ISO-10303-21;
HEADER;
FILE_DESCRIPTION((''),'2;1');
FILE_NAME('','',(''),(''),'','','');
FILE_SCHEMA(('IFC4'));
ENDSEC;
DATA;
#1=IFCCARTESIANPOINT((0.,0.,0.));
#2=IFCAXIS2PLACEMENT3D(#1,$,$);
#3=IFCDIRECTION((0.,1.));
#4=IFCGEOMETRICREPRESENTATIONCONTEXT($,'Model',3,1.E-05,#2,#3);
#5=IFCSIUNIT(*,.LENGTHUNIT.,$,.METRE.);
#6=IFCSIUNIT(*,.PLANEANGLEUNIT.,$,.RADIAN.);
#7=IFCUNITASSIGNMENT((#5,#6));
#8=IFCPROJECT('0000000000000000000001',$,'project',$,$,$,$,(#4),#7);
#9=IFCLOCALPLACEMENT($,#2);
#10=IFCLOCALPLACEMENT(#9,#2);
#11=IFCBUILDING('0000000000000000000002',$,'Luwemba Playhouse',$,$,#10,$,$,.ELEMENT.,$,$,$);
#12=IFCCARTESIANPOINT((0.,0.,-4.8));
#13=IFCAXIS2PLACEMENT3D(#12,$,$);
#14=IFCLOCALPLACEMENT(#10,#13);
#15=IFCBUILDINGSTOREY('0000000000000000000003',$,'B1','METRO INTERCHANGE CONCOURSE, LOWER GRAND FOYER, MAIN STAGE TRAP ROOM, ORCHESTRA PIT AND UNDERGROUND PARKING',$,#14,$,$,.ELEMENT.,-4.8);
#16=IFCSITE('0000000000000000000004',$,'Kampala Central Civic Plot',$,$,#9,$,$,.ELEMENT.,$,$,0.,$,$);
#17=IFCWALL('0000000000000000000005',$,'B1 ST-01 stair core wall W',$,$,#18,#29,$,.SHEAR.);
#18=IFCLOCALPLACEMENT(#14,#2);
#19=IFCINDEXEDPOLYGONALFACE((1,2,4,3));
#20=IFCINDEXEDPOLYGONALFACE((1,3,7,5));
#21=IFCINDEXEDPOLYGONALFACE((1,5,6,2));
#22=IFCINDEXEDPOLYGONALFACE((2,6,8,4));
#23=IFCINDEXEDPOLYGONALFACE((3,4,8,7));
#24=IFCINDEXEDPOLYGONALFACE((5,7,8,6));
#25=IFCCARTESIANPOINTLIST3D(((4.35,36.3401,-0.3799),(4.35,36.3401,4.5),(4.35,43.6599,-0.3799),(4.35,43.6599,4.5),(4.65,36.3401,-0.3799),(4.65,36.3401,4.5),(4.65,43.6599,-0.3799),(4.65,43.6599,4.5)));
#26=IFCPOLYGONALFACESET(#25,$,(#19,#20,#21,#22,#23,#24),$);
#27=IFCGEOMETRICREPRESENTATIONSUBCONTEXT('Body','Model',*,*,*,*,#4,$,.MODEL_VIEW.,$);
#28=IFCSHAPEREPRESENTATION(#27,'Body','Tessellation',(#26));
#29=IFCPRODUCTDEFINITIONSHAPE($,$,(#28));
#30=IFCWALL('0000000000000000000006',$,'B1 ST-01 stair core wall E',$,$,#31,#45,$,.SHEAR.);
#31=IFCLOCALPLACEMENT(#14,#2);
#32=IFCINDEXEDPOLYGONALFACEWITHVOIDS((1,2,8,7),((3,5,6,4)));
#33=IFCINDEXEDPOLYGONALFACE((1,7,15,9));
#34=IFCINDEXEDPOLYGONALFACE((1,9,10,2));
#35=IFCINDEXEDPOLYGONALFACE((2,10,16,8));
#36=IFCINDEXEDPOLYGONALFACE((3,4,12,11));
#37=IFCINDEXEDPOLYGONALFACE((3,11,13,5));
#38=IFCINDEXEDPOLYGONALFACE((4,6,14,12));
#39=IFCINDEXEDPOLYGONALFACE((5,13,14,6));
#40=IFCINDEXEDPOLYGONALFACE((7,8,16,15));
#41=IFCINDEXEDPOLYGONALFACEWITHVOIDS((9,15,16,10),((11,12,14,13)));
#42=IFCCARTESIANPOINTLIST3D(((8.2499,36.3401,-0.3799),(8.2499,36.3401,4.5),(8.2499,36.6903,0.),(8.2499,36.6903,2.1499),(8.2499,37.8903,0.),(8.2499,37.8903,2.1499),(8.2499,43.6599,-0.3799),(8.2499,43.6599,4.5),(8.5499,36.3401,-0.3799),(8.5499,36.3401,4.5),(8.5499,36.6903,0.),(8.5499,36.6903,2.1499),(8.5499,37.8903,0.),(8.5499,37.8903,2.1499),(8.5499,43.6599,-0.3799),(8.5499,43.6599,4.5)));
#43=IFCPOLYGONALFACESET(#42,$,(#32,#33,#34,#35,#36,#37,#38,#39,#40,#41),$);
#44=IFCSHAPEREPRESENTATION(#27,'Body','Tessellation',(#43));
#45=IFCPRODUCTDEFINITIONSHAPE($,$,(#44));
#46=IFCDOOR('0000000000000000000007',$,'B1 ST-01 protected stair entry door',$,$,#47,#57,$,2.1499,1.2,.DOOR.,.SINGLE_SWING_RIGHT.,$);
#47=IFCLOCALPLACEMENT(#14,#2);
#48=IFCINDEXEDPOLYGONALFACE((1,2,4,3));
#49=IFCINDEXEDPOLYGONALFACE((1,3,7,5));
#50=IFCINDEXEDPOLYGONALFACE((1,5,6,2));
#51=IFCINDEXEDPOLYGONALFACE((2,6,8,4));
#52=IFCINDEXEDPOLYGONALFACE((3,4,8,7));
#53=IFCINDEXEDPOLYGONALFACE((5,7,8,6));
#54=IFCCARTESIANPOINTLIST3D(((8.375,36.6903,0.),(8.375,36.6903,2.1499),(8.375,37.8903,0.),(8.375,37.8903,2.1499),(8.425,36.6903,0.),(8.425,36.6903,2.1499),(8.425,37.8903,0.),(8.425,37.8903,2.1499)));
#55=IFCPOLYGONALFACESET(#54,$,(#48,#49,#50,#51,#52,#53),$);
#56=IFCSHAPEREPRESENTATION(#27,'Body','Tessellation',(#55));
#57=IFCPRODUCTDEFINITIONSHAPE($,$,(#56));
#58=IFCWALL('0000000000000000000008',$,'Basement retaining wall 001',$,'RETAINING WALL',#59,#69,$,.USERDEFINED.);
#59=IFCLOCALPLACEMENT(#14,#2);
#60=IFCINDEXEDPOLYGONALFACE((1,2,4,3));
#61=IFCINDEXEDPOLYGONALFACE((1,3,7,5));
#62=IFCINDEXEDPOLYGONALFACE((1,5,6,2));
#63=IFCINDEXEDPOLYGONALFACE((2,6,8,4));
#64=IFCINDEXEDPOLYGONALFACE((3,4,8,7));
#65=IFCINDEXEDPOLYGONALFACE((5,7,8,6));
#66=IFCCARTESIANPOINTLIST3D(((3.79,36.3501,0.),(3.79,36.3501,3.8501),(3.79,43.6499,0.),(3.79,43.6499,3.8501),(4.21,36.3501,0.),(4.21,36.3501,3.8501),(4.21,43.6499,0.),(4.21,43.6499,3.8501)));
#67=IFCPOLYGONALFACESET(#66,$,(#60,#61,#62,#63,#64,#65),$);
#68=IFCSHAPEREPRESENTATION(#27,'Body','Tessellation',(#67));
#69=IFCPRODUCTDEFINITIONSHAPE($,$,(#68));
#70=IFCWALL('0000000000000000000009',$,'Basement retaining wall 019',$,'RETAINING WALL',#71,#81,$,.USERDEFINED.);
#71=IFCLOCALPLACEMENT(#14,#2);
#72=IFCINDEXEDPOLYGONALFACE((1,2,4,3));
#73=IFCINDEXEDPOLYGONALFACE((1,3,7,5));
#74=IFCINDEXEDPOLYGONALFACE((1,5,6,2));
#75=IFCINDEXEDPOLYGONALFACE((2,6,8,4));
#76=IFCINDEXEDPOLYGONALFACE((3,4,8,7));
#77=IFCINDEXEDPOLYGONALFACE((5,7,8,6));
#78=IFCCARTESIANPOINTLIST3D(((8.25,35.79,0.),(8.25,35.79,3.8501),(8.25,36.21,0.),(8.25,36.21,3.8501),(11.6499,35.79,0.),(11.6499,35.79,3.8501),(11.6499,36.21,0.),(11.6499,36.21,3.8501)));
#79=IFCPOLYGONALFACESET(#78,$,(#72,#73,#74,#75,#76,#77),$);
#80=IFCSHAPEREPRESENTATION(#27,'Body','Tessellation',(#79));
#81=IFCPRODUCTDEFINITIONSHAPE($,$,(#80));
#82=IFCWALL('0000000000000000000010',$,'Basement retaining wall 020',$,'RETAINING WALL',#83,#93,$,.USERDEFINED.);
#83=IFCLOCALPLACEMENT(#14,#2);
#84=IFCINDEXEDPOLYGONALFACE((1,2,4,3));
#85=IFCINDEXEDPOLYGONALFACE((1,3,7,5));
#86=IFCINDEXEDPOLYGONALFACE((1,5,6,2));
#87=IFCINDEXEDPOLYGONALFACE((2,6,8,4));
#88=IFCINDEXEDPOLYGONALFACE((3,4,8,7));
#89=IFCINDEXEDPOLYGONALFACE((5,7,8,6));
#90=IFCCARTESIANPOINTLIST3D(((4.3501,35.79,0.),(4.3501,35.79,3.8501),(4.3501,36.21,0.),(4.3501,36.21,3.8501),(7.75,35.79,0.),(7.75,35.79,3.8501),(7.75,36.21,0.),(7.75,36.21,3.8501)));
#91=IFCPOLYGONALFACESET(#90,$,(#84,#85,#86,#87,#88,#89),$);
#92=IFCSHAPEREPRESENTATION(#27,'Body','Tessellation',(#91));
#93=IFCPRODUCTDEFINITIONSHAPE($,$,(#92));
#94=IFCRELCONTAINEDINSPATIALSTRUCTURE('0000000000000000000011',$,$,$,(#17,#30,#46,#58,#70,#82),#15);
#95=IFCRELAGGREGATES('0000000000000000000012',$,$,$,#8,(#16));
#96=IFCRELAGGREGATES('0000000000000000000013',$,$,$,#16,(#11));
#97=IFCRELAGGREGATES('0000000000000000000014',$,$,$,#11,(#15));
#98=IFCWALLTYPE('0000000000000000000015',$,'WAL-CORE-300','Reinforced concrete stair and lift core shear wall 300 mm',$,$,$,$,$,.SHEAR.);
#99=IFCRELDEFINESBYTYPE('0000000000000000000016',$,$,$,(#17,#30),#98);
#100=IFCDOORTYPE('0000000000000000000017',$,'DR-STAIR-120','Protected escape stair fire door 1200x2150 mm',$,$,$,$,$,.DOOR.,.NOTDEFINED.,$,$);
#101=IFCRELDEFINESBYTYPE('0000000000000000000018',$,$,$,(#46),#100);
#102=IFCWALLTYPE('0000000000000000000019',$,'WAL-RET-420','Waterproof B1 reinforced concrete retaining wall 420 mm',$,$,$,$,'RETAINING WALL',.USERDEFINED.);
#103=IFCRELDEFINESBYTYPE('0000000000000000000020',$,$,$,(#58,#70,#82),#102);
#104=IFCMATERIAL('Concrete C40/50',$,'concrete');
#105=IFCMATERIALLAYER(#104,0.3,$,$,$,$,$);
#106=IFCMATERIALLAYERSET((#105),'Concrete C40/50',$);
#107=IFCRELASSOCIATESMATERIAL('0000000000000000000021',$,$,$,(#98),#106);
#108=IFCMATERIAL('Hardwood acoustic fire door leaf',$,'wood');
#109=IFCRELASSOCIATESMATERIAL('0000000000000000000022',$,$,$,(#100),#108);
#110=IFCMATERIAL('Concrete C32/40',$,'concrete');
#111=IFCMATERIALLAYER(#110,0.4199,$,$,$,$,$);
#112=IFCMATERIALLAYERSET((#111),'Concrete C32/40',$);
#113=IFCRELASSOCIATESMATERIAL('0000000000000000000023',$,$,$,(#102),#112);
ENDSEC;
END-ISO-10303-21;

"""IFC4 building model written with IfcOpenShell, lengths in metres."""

from ifc_helpers import new_model, si_unit, direction, frame, frame_2d, origin, place, context, subcontext, project, spatial, rectangle, extrude, material, layer, layer_set, type_object, element, fill, save


model = new_model("IFC4")

# Units and contexts
model_context = context("Model", 3, precision=1e-05, world=origin(), true_north=direction((0.0, 1.0)))
body_context = subcontext(model_context, "Body", "Model", "MODEL_VIEW")
ifc_project = project(units=[si_unit("LENGTHUNIT", "METRE"), si_unit("PLANEANGLEUNIT", "RADIAN")], contexts=[model_context])

# Site, building, storey
site_placement = place(None, origin())
site = spatial("IfcSite", under=ifc_project, at=site_placement, Name="Kampala Central Civic Plot", CompositionType="ELEMENT", RefElevation=0.0)
building_placement = place(site_placement, origin())
building = spatial("IfcBuilding", under=site, at=building_placement, Name="Luwemba Playhouse", CompositionType="ELEMENT")
storey_placement = place(building_placement, frame((0.0, 0.0, -4.8)))
storey = spatial("IfcBuildingStorey", under=building, at=storey_placement, Name="B1", Description="METRO INTERCHANGE CONCOURSE, LOWER GRAND FOYER, MAIN STAGE TRAP ROOM, ORCHESTRA PIT AND UNDERGROUND PARKING", CompositionType="ELEMENT", Elevation=-4.8)

# Shared definitions
ifc_material_1 = material(Name="Concrete C32/40", Category="concrete")

# Shared definitions
ifc_material_2 = material(Name="Concrete C40/50", Category="concrete")

# Wall
ifc_layer_1 = layer(ifc_material_2, 0.3)
ifc_layer_set_1 = layer_set([ifc_layer_1], Name="Concrete C40/50")
wall_type_1 = type_object("IfcWallType", Name="WAL-CORE-300", Description="Reinforced concrete stair and lift core shear wall 300 mm", PredefinedType="SHEAR", material=ifc_layer_set_1)
wall_1_placement = place(storey_placement, frame((4.5, 36.3401, -0.3799), z_axis=(0.0, 0.0, 1.0), x_axis=(0.0, 1.0, 0.0)))
element("IfcWall", 1, at=wall_1_placement, inside=storey, type_object=wall_type_1, Name="B1 ST-01 stair core wall W", PredefinedType="SHEAR", context=body_context, shape_type="SweptSolid", body=[
    extrude(rectangle(XDim=7.3198, YDim=0.3, at=frame_2d((3.6599, 0.0))), origin(), (0.0, 0.0, 1.0), 4.8799),
])

# Wall, opening, door
wall_2_placement = place(storey_placement, frame((8.3999, 36.3401, -0.3799), z_axis=(0.0, 0.0, 1.0), x_axis=(0.0, 1.0, 0.0)))
wall_2 = element("IfcWall", 2, at=wall_2_placement, inside=storey, type_object=wall_type_1, Name="B1 ST-01 stair core wall E", PredefinedType="SHEAR", context=body_context, shape_type="SweptSolid", body=[
    extrude(rectangle(XDim=7.3198, YDim=0.3, at=frame_2d((3.6599, 0.0))), origin(), (0.0, 0.0, 1.0), 4.8799),
])
opening_placement = place(wall_2_placement, frame((0.3501, 0.0, 0.3799)))
opening = element("IfcOpeningElement", 3, at=opening_placement, cuts=wall_2, PredefinedType="OPENING", context=body_context, shape_type="SweptSolid", body=[
    extrude(rectangle(XDim=1.2, YDim=2.1499, at=frame_2d((0.6001, 1.075))), frame((0.0, 0.1599, 0.0), z_axis=(0.0, -1.0, 0.0), x_axis=(1.0, 0.0, 0.0)), (0.0, 0.0, 1.0), 0.3201),
])
ifc_material_3 = material(Name="Hardwood acoustic fire door leaf", Category="wood")
door_type = type_object("IfcDoorType", Name="DR-STAIR-120", Description="Protected escape stair fire door 1200x2150 mm", OperationType="NOTDEFINED", PredefinedType="DOOR", material=ifc_material_3)
door_placement = place(opening_placement, origin())
door = element("IfcDoor", 4, at=door_placement, inside=storey, type_object=door_type, Name="B1 ST-01 protected stair entry door", OperationType="SINGLE_SWING_RIGHT", OverallHeight=2.1499, OverallWidth=1.2, PredefinedType="DOOR", context=body_context, shape_type="SweptSolid", body=[
    extrude(rectangle(XDim=1.2, YDim=2.1499, at=frame_2d((0.6001, 1.075))), frame((0.0, 0.0249, 0.0), z_axis=(0.0, -1.0, 0.0), x_axis=(1.0, 0.0, 0.0)), (0.0, 0.0, 1.0), 0.05),
])
fill(opening, door)

# Walls
ifc_layer_2 = layer(ifc_material_1, 0.4199)
ifc_layer_set_2 = layer_set([ifc_layer_2], Name="Concrete C32/40")
wall_type_2 = type_object("IfcWallType", Name="WAL-RET-420", Description="Waterproof B1 reinforced concrete retaining wall 420 mm", ElementType="RETAINING WALL", PredefinedType="USERDEFINED", material=ifc_layer_set_2)
wall_3_placement = place(storey_placement, frame((4.0, 36.3501, 0.0), z_axis=(0.0, 0.0, 1.0), x_axis=(0.0, 1.0, 0.0)))
element("IfcWall", 5, at=wall_3_placement, inside=storey, type_object=wall_type_2, Name="Basement retaining wall 001", ObjectType="RETAINING WALL", PredefinedType="USERDEFINED", context=body_context, shape_type="SweptSolid", body=[
    extrude(rectangle(XDim=7.2998, YDim=0.4199, at=frame_2d((3.6499, 0.0))), origin(), (0.0, 0.0, 1.0), 3.8501),
])
for number, where, z_axis, x_axis, name in (
    (6, (11.6499, 36.0, 0.0), (0.0, 0.0, 1.0), (-1.0, 0.0, 0.0), "Basement retaining wall 019"),
    (7, (7.75, 36.0, 0.0), (0.0, 0.0, 1.0), (-1.0, 0.0, 0.0), "Basement retaining wall 020"),
):
    element("IfcWall", number, at=place(storey_placement, frame(where, z_axis=z_axis, x_axis=x_axis)), inside=storey, type_object=wall_type_2, Name=name, ObjectType="RETAINING WALL", PredefinedType="USERDEFINED", context=body_context, shape_type="SweptSolid", body=[
        extrude(rectangle(XDim=3.3999, YDim=0.4199, at=frame_2d((1.7, 0.0))), origin(), (0.0, 0.0, 1.0), 3.8501),
    ])

save(model, "model.ifc")
